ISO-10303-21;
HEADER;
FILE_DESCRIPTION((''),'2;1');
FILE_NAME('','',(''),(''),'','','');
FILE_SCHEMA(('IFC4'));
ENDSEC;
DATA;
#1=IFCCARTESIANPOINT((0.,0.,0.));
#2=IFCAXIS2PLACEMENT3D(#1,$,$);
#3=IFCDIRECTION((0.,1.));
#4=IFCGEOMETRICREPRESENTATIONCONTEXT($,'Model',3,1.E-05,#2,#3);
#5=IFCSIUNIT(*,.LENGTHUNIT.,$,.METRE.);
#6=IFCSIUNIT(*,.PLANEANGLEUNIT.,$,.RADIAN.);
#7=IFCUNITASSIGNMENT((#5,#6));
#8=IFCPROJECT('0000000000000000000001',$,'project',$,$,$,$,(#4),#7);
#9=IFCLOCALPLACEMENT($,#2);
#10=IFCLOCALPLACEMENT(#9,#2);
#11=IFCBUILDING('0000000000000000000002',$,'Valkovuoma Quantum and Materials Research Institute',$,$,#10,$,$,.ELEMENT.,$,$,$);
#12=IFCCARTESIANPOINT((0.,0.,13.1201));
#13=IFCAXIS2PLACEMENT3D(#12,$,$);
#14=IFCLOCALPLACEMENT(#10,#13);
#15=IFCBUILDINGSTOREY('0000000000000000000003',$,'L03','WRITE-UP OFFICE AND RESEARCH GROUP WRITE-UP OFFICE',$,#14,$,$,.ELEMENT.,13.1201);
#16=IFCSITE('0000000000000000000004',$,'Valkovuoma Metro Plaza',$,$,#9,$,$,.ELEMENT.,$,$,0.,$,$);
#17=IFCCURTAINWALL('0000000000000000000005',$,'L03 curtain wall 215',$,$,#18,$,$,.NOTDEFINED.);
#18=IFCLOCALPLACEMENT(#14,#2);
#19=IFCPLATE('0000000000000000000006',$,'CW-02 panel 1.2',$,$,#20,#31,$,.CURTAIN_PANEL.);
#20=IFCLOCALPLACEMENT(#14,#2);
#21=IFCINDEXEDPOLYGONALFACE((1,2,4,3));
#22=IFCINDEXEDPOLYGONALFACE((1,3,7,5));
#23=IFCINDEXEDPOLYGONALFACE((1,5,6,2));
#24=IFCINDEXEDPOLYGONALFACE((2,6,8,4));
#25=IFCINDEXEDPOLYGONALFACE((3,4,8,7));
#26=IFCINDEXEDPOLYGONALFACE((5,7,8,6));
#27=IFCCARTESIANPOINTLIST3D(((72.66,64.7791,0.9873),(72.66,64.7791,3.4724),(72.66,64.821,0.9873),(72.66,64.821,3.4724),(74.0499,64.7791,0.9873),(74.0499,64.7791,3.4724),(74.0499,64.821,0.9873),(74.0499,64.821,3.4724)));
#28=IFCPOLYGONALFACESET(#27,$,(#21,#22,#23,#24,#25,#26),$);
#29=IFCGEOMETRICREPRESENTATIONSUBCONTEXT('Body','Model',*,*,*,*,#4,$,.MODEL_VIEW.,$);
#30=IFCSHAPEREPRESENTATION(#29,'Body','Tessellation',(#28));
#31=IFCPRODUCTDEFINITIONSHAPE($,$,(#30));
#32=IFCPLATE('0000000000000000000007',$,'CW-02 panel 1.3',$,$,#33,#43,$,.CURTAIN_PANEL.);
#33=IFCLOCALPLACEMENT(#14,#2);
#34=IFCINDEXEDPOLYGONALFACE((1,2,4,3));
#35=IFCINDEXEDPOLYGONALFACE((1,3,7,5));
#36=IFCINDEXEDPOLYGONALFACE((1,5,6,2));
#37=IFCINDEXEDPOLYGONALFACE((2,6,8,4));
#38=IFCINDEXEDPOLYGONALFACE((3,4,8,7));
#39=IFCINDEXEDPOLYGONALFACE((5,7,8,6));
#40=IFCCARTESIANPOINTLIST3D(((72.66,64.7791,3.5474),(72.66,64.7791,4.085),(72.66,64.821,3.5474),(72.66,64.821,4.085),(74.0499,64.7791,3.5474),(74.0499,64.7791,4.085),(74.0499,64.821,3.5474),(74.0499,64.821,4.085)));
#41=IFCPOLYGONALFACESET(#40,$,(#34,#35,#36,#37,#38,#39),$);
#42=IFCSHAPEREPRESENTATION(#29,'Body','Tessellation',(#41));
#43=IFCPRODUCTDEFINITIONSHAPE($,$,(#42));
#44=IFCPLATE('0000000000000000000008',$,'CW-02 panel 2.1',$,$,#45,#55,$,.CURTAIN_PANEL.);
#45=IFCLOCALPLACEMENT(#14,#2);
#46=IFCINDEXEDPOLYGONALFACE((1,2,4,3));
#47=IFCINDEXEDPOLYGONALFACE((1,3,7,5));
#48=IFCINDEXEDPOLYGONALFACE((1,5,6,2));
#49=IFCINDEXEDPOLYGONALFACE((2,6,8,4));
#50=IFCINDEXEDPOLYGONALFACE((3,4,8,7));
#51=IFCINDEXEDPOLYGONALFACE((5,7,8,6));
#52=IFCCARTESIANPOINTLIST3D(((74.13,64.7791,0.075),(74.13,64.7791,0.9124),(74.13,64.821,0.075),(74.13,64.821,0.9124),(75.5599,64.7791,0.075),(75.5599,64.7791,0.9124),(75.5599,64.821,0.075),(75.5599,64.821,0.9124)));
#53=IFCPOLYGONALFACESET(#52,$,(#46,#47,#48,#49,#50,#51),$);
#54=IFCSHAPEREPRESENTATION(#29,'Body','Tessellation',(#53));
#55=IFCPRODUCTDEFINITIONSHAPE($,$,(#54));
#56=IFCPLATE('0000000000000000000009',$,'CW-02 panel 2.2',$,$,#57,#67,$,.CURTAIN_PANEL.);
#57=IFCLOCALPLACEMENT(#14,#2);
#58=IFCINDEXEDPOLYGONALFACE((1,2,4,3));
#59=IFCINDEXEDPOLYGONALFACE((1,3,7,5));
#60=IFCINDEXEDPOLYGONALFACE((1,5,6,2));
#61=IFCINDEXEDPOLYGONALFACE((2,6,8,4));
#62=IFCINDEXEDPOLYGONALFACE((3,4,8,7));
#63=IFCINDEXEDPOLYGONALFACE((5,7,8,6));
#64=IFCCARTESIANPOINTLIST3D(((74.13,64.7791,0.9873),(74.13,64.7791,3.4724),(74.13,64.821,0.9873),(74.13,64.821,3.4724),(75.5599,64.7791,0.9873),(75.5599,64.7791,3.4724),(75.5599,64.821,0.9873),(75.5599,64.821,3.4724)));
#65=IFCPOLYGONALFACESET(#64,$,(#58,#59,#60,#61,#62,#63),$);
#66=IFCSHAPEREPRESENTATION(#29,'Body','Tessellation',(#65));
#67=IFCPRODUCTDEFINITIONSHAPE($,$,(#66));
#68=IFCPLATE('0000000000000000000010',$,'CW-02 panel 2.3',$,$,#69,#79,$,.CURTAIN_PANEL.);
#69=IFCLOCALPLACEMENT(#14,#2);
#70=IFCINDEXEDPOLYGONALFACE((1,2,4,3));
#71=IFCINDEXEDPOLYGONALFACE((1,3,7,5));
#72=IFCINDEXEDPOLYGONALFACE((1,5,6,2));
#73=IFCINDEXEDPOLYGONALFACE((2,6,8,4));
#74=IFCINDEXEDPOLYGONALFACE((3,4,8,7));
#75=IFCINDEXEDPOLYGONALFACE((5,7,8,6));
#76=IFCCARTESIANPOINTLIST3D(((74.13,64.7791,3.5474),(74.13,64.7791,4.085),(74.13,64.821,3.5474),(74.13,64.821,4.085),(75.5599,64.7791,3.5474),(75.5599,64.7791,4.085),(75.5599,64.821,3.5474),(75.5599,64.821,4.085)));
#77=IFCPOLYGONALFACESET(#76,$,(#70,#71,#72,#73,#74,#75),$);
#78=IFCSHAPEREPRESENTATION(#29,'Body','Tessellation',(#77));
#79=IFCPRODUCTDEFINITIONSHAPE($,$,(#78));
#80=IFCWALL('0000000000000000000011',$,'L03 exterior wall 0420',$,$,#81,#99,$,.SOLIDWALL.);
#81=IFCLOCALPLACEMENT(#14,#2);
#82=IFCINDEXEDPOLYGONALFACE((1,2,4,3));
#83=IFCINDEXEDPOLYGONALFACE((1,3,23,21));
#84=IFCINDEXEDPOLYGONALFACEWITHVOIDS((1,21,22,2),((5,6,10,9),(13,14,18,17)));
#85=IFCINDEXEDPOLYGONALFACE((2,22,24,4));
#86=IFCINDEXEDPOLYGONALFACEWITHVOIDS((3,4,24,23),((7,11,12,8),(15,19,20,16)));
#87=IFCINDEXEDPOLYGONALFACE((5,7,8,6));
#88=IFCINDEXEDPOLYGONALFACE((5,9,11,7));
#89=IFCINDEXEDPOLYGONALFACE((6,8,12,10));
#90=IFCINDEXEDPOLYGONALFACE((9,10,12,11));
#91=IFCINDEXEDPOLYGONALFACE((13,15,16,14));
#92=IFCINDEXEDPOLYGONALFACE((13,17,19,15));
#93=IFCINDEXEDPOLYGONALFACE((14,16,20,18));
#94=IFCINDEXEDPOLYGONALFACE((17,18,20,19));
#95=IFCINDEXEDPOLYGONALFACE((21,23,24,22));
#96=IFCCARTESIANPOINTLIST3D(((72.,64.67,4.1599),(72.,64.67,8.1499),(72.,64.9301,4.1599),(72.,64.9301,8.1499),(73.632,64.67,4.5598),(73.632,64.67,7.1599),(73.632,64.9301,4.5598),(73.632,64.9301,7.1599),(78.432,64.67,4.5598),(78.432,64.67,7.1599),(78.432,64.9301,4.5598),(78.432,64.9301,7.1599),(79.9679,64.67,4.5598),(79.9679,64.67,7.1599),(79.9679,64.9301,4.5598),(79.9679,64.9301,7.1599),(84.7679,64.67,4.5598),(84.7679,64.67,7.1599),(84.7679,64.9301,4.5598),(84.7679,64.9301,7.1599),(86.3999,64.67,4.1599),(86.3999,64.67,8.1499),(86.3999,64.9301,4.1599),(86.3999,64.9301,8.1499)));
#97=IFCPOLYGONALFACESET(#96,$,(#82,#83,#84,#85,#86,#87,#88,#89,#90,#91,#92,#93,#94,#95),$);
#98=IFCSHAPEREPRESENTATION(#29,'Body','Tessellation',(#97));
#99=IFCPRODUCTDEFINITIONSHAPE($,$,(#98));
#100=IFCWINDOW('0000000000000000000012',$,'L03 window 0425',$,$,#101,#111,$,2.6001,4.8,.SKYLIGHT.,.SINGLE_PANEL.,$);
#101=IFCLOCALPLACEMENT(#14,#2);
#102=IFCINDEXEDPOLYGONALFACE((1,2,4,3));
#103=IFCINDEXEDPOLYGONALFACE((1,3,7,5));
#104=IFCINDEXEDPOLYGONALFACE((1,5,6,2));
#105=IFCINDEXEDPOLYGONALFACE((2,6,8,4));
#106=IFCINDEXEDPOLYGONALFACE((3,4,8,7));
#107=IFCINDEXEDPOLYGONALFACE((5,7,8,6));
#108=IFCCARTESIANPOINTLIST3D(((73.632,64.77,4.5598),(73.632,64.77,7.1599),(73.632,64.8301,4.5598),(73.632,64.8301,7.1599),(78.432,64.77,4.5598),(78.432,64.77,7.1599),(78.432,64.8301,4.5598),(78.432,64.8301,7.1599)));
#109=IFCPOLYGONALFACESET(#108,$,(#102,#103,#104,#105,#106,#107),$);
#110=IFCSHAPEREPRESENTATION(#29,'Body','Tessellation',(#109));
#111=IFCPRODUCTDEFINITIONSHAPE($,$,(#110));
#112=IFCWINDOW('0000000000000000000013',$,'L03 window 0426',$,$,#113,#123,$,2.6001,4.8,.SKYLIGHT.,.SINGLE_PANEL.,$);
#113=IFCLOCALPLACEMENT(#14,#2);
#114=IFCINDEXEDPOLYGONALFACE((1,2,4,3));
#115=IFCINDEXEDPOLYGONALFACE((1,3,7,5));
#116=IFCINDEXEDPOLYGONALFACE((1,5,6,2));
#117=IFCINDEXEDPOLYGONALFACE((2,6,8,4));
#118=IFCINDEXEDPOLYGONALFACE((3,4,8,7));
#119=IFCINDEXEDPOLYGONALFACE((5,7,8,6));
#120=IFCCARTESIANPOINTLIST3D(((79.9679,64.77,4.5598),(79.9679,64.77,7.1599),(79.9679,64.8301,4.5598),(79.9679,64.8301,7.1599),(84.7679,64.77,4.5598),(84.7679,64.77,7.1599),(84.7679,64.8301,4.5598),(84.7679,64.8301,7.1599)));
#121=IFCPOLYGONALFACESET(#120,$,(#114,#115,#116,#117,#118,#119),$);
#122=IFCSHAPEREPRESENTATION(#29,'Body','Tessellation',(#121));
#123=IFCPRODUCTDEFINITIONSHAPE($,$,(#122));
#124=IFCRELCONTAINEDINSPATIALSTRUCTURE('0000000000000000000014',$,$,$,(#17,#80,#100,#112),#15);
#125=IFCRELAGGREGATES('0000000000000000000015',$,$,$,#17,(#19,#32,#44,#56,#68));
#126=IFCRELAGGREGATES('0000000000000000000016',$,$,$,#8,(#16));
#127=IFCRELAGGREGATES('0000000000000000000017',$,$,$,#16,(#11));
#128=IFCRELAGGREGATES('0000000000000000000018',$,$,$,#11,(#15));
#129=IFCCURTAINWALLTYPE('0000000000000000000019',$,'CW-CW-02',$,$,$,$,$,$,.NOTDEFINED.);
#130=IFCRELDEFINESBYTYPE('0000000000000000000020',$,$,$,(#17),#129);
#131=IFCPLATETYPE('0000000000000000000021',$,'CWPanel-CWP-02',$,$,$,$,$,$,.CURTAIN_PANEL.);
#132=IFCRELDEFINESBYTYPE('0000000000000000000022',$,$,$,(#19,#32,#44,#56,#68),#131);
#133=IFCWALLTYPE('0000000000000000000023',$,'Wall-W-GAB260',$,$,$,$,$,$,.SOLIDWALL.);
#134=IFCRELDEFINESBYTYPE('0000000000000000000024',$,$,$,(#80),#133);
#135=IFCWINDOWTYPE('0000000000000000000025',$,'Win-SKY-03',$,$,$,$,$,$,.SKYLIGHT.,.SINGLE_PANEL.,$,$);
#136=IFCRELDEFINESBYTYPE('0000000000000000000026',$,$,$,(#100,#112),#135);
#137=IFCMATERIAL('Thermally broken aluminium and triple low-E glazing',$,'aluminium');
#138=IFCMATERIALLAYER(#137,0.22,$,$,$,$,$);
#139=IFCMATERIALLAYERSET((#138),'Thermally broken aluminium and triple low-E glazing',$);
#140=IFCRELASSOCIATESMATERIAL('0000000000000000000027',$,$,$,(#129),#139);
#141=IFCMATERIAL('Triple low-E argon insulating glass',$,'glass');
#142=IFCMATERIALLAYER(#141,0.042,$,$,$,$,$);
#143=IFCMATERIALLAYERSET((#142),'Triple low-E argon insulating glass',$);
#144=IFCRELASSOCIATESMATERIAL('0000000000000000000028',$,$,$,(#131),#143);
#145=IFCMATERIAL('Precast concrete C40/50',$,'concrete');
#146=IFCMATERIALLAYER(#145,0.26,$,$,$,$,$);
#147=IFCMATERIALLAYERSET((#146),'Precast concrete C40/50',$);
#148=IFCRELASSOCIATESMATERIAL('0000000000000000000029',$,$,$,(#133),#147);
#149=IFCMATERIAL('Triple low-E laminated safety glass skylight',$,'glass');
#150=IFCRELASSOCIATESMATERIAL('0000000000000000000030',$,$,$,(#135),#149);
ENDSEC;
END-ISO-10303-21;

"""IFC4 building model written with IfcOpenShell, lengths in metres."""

from ifc_helpers import new_model, si_unit, direction, frame, frame_2d, origin, origin_2d, place, context, subcontext, project, spatial, rectangle, extrude, material, layer, layer_set, type_object, element, fill, aggregate, save


model = new_model("IFC4")

# Units and contexts
model_context = context("Model", 3, precision=1e-05, world=origin(), true_north=direction((0.0, 1.0)))
body_context = subcontext(model_context, "Body", "Model", "MODEL_VIEW")
ifc_project = project(units=[si_unit("LENGTHUNIT", "METRE"), si_unit("PLANEANGLEUNIT", "RADIAN")], contexts=[model_context])

# Site, building, storey
site_placement = place(None, origin())
site = spatial("IfcSite", under=ifc_project, at=site_placement, Name="Valkovuoma Metro Plaza", CompositionType="ELEMENT", RefElevation=0.0)
building_placement = place(site_placement, origin())
building = spatial("IfcBuilding", under=site, at=building_placement, Name="Valkovuoma Quantum and Materials Research Institute", CompositionType="ELEMENT")
storey_placement = place(building_placement, frame((0.0, 0.0, 13.1201)))
storey = spatial("IfcBuildingStorey", under=building, at=storey_placement, Name="L03", Description="WRITE-UP OFFICE AND RESEARCH GROUP WRITE-UP OFFICE", CompositionType="ELEMENT", Elevation=13.1201)

# Shared definitions
ifc_material_1 = material(Name="Thermally broken aluminium and triple low-E glazing", Category="aluminium")
ifc_layer_1 = layer(ifc_material_1, 0.22)
ifc_layer_set_1 = layer_set([ifc_layer_1], Name="Thermally broken aluminium and triple low-E glazing")
curtain_wall_type = type_object("IfcCurtainWallType", Name="CW-CW-02", PredefinedType="NOTDEFINED", material=ifc_layer_set_1)

# Curtain wall
curtain_wall_1_placement = place(storey_placement, origin())
curtain_wall_1 = element("IfcCurtainWall", 1, at=curtain_wall_1_placement, inside=storey, type_object=curtain_wall_type, Name="L03 curtain wall 215", PredefinedType="NOTDEFINED")

# Plates
ifc_material_2 = material(Name="Triple low-E argon insulating glass", Category="glass")
ifc_layer_2 = layer(ifc_material_2, 0.042)
ifc_layer_set_2 = layer_set([ifc_layer_2], Name="Triple low-E argon insulating glass")
plate_type = type_object("IfcPlateType", Name="CWPanel-CWP-02", PredefinedType="CURTAIN_PANEL", material=ifc_layer_set_2)
plate_1_placement = place(storey_placement, frame((73.355, 64.8, 0.9873), z_axis=(0.0, 0.0, 1.0), x_axis=(1.0, 0.0, 0.0)))
plate_1 = element("IfcPlate", 2, at=plate_1_placement, type_object=plate_type, Name="CW-02 panel 1.2", PredefinedType="CURTAIN_PANEL", context=body_context, shape_type="SweptSolid", body=[
    extrude(rectangle(XDim=1.3899, YDim=0.042, at=origin_2d()), origin(), (0.0, 0.0, 1.0), 2.4851),
])
plate_2_placement = place(storey_placement, frame((73.355, 64.8, 3.5474), z_axis=(0.0, 0.0, 1.0), x_axis=(1.0, 0.0, 0.0)))
plate_2 = element("IfcPlate", 3, at=plate_2_placement, type_object=plate_type, Name="CW-02 panel 1.3", PredefinedType="CURTAIN_PANEL", context=body_context, shape_type="SweptSolid", body=[
    extrude(rectangle(XDim=1.3899, YDim=0.042, at=origin_2d()), origin(), (0.0, 0.0, 1.0), 0.5376),
])
plate_3_placement = place(storey_placement, frame((74.845, 64.8, 0.075), z_axis=(0.0, 0.0, 1.0), x_axis=(1.0, 0.0, 0.0)))
plate_3 = element("IfcPlate", 4, at=plate_3_placement, type_object=plate_type, Name="CW-02 panel 2.1", PredefinedType="CURTAIN_PANEL", context=body_context, shape_type="SweptSolid", body=[
    extrude(rectangle(XDim=1.4299, YDim=0.042, at=origin_2d()), origin(), (0.0, 0.0, 1.0), 0.8374),
])
plate_4_placement = place(storey_placement, frame((74.845, 64.8, 0.9873), z_axis=(0.0, 0.0, 1.0), x_axis=(1.0, 0.0, 0.0)))
plate_4 = element("IfcPlate", 5, at=plate_4_placement, type_object=plate_type, Name="CW-02 panel 2.2", PredefinedType="CURTAIN_PANEL", context=body_context, shape_type="SweptSolid", body=[
    extrude(rectangle(XDim=1.4299, YDim=0.042, at=origin_2d()), origin(), (0.0, 0.0, 1.0), 2.4851),
])
plate_5_placement = place(storey_placement, frame((74.845, 64.8, 3.5474), z_axis=(0.0, 0.0, 1.0), x_axis=(1.0, 0.0, 0.0)))
plate_5 = element("IfcPlate", 6, at=plate_5_placement, type_object=plate_type, Name="CW-02 panel 2.3", PredefinedType="CURTAIN_PANEL", context=body_context, shape_type="SweptSolid", body=[
    extrude(rectangle(XDim=1.4299, YDim=0.042, at=origin_2d()), origin(), (0.0, 0.0, 1.0), 0.5376),
])
aggregate(curtain_wall_1, [plate_1, plate_2, plate_3, plate_4, plate_5])

# Wall, openings, windows
ifc_material_3 = material(Name="Precast concrete C40/50", Category="concrete")
ifc_layer_3 = layer(ifc_material_3, 0.26)
ifc_layer_set_3 = layer_set([ifc_layer_3], Name="Precast concrete C40/50")
wall_type = type_object("IfcWallType", Name="Wall-W-GAB260", PredefinedType="SOLIDWALL", material=ifc_layer_set_3)
wall_placement = place(storey_placement, frame((72.0, 64.8, 4.1599), z_axis=(0.0, 0.0, 1.0), x_axis=(1.0, 0.0, 0.0)))
wall = element("IfcWall", 7, at=wall_placement, inside=storey, type_object=wall_type, Name="L03 exterior wall 0420", PredefinedType="SOLIDWALL", context=body_context, shape_type="SweptSolid", body=[
    extrude(rectangle(XDim=14.3999, YDim=0.26, at=frame_2d((7.2, 0.0))), origin(), (0.0, 0.0, 1.0), 3.99),
])
opening_1_placement = place(wall_placement, frame((1.6321, 0.0, 0.3999)))
opening_1 = element("IfcOpeningElement", 8, at=opening_1_placement, cuts=wall, PredefinedType="OPENING", context=body_context, shape_type="SweptSolid", body=[
    extrude(rectangle(XDim=4.8, YDim=2.6001, at=frame_2d((2.3999, 1.3))), frame((0.0, 0.1401, 0.0), z_axis=(0.0, -1.0, 0.0), x_axis=(1.0, 0.0, 0.0)), (0.0, 0.0, 1.0), 0.28),
])
opening_2_placement = place(wall_placement, frame((7.968, 0.0, 0.3999)))
opening_2 = element("IfcOpeningElement", 9, at=opening_2_placement, cuts=wall, PredefinedType="OPENING", context=body_context, shape_type="SweptSolid", body=[
    extrude(rectangle(XDim=4.8, YDim=2.6001, at=frame_2d((2.3999, 1.3))), frame((0.0, 0.1401, 0.0), z_axis=(0.0, -1.0, 0.0), x_axis=(1.0, 0.0, 0.0)), (0.0, 0.0, 1.0), 0.28),
])
ifc_material_4 = material(Name="Triple low-E laminated safety glass skylight", Category="glass")
window_type = type_object("IfcWindowType", Name="Win-SKY-03", PartitioningType="SINGLE_PANEL", PredefinedType="SKYLIGHT", material=ifc_material_4)
window_1_placement = place(opening_1_placement, origin())
window_1 = element("IfcWindow", 10, at=window_1_placement, inside=storey, type_object=window_type, Name="L03 window 0425", OverallHeight=2.6001, OverallWidth=4.8, PartitioningType="SINGLE_PANEL", PredefinedType="SKYLIGHT", context=body_context, shape_type="SweptSolid", body=[
    extrude(rectangle(XDim=4.8, YDim=2.6001, at=frame_2d((2.3999, 1.3))), frame((0.0, 0.03, 0.0), z_axis=(0.0, -1.0, 0.0), x_axis=(1.0, 0.0, 0.0)), (0.0, 0.0, 1.0), 0.0601),
])
fill(opening_1, window_1)
window_2_placement = place(opening_2_placement, origin())
window_2 = element("IfcWindow", 11, at=window_2_placement, inside=storey, type_object=window_type, Name="L03 window 0426", OverallHeight=2.6001, OverallWidth=4.8, PartitioningType="SINGLE_PANEL", PredefinedType="SKYLIGHT", context=body_context, shape_type="SweptSolid", body=[
    extrude(rectangle(XDim=4.8, YDim=2.6001, at=frame_2d((2.3999, 1.3))), frame((0.0, 0.03, 0.0), z_axis=(0.0, -1.0, 0.0), x_axis=(1.0, 0.0, 0.0)), (0.0, 0.0, 1.0), 0.0601),
])
fill(opening_2, window_2)

save(model, "model.ifc")
